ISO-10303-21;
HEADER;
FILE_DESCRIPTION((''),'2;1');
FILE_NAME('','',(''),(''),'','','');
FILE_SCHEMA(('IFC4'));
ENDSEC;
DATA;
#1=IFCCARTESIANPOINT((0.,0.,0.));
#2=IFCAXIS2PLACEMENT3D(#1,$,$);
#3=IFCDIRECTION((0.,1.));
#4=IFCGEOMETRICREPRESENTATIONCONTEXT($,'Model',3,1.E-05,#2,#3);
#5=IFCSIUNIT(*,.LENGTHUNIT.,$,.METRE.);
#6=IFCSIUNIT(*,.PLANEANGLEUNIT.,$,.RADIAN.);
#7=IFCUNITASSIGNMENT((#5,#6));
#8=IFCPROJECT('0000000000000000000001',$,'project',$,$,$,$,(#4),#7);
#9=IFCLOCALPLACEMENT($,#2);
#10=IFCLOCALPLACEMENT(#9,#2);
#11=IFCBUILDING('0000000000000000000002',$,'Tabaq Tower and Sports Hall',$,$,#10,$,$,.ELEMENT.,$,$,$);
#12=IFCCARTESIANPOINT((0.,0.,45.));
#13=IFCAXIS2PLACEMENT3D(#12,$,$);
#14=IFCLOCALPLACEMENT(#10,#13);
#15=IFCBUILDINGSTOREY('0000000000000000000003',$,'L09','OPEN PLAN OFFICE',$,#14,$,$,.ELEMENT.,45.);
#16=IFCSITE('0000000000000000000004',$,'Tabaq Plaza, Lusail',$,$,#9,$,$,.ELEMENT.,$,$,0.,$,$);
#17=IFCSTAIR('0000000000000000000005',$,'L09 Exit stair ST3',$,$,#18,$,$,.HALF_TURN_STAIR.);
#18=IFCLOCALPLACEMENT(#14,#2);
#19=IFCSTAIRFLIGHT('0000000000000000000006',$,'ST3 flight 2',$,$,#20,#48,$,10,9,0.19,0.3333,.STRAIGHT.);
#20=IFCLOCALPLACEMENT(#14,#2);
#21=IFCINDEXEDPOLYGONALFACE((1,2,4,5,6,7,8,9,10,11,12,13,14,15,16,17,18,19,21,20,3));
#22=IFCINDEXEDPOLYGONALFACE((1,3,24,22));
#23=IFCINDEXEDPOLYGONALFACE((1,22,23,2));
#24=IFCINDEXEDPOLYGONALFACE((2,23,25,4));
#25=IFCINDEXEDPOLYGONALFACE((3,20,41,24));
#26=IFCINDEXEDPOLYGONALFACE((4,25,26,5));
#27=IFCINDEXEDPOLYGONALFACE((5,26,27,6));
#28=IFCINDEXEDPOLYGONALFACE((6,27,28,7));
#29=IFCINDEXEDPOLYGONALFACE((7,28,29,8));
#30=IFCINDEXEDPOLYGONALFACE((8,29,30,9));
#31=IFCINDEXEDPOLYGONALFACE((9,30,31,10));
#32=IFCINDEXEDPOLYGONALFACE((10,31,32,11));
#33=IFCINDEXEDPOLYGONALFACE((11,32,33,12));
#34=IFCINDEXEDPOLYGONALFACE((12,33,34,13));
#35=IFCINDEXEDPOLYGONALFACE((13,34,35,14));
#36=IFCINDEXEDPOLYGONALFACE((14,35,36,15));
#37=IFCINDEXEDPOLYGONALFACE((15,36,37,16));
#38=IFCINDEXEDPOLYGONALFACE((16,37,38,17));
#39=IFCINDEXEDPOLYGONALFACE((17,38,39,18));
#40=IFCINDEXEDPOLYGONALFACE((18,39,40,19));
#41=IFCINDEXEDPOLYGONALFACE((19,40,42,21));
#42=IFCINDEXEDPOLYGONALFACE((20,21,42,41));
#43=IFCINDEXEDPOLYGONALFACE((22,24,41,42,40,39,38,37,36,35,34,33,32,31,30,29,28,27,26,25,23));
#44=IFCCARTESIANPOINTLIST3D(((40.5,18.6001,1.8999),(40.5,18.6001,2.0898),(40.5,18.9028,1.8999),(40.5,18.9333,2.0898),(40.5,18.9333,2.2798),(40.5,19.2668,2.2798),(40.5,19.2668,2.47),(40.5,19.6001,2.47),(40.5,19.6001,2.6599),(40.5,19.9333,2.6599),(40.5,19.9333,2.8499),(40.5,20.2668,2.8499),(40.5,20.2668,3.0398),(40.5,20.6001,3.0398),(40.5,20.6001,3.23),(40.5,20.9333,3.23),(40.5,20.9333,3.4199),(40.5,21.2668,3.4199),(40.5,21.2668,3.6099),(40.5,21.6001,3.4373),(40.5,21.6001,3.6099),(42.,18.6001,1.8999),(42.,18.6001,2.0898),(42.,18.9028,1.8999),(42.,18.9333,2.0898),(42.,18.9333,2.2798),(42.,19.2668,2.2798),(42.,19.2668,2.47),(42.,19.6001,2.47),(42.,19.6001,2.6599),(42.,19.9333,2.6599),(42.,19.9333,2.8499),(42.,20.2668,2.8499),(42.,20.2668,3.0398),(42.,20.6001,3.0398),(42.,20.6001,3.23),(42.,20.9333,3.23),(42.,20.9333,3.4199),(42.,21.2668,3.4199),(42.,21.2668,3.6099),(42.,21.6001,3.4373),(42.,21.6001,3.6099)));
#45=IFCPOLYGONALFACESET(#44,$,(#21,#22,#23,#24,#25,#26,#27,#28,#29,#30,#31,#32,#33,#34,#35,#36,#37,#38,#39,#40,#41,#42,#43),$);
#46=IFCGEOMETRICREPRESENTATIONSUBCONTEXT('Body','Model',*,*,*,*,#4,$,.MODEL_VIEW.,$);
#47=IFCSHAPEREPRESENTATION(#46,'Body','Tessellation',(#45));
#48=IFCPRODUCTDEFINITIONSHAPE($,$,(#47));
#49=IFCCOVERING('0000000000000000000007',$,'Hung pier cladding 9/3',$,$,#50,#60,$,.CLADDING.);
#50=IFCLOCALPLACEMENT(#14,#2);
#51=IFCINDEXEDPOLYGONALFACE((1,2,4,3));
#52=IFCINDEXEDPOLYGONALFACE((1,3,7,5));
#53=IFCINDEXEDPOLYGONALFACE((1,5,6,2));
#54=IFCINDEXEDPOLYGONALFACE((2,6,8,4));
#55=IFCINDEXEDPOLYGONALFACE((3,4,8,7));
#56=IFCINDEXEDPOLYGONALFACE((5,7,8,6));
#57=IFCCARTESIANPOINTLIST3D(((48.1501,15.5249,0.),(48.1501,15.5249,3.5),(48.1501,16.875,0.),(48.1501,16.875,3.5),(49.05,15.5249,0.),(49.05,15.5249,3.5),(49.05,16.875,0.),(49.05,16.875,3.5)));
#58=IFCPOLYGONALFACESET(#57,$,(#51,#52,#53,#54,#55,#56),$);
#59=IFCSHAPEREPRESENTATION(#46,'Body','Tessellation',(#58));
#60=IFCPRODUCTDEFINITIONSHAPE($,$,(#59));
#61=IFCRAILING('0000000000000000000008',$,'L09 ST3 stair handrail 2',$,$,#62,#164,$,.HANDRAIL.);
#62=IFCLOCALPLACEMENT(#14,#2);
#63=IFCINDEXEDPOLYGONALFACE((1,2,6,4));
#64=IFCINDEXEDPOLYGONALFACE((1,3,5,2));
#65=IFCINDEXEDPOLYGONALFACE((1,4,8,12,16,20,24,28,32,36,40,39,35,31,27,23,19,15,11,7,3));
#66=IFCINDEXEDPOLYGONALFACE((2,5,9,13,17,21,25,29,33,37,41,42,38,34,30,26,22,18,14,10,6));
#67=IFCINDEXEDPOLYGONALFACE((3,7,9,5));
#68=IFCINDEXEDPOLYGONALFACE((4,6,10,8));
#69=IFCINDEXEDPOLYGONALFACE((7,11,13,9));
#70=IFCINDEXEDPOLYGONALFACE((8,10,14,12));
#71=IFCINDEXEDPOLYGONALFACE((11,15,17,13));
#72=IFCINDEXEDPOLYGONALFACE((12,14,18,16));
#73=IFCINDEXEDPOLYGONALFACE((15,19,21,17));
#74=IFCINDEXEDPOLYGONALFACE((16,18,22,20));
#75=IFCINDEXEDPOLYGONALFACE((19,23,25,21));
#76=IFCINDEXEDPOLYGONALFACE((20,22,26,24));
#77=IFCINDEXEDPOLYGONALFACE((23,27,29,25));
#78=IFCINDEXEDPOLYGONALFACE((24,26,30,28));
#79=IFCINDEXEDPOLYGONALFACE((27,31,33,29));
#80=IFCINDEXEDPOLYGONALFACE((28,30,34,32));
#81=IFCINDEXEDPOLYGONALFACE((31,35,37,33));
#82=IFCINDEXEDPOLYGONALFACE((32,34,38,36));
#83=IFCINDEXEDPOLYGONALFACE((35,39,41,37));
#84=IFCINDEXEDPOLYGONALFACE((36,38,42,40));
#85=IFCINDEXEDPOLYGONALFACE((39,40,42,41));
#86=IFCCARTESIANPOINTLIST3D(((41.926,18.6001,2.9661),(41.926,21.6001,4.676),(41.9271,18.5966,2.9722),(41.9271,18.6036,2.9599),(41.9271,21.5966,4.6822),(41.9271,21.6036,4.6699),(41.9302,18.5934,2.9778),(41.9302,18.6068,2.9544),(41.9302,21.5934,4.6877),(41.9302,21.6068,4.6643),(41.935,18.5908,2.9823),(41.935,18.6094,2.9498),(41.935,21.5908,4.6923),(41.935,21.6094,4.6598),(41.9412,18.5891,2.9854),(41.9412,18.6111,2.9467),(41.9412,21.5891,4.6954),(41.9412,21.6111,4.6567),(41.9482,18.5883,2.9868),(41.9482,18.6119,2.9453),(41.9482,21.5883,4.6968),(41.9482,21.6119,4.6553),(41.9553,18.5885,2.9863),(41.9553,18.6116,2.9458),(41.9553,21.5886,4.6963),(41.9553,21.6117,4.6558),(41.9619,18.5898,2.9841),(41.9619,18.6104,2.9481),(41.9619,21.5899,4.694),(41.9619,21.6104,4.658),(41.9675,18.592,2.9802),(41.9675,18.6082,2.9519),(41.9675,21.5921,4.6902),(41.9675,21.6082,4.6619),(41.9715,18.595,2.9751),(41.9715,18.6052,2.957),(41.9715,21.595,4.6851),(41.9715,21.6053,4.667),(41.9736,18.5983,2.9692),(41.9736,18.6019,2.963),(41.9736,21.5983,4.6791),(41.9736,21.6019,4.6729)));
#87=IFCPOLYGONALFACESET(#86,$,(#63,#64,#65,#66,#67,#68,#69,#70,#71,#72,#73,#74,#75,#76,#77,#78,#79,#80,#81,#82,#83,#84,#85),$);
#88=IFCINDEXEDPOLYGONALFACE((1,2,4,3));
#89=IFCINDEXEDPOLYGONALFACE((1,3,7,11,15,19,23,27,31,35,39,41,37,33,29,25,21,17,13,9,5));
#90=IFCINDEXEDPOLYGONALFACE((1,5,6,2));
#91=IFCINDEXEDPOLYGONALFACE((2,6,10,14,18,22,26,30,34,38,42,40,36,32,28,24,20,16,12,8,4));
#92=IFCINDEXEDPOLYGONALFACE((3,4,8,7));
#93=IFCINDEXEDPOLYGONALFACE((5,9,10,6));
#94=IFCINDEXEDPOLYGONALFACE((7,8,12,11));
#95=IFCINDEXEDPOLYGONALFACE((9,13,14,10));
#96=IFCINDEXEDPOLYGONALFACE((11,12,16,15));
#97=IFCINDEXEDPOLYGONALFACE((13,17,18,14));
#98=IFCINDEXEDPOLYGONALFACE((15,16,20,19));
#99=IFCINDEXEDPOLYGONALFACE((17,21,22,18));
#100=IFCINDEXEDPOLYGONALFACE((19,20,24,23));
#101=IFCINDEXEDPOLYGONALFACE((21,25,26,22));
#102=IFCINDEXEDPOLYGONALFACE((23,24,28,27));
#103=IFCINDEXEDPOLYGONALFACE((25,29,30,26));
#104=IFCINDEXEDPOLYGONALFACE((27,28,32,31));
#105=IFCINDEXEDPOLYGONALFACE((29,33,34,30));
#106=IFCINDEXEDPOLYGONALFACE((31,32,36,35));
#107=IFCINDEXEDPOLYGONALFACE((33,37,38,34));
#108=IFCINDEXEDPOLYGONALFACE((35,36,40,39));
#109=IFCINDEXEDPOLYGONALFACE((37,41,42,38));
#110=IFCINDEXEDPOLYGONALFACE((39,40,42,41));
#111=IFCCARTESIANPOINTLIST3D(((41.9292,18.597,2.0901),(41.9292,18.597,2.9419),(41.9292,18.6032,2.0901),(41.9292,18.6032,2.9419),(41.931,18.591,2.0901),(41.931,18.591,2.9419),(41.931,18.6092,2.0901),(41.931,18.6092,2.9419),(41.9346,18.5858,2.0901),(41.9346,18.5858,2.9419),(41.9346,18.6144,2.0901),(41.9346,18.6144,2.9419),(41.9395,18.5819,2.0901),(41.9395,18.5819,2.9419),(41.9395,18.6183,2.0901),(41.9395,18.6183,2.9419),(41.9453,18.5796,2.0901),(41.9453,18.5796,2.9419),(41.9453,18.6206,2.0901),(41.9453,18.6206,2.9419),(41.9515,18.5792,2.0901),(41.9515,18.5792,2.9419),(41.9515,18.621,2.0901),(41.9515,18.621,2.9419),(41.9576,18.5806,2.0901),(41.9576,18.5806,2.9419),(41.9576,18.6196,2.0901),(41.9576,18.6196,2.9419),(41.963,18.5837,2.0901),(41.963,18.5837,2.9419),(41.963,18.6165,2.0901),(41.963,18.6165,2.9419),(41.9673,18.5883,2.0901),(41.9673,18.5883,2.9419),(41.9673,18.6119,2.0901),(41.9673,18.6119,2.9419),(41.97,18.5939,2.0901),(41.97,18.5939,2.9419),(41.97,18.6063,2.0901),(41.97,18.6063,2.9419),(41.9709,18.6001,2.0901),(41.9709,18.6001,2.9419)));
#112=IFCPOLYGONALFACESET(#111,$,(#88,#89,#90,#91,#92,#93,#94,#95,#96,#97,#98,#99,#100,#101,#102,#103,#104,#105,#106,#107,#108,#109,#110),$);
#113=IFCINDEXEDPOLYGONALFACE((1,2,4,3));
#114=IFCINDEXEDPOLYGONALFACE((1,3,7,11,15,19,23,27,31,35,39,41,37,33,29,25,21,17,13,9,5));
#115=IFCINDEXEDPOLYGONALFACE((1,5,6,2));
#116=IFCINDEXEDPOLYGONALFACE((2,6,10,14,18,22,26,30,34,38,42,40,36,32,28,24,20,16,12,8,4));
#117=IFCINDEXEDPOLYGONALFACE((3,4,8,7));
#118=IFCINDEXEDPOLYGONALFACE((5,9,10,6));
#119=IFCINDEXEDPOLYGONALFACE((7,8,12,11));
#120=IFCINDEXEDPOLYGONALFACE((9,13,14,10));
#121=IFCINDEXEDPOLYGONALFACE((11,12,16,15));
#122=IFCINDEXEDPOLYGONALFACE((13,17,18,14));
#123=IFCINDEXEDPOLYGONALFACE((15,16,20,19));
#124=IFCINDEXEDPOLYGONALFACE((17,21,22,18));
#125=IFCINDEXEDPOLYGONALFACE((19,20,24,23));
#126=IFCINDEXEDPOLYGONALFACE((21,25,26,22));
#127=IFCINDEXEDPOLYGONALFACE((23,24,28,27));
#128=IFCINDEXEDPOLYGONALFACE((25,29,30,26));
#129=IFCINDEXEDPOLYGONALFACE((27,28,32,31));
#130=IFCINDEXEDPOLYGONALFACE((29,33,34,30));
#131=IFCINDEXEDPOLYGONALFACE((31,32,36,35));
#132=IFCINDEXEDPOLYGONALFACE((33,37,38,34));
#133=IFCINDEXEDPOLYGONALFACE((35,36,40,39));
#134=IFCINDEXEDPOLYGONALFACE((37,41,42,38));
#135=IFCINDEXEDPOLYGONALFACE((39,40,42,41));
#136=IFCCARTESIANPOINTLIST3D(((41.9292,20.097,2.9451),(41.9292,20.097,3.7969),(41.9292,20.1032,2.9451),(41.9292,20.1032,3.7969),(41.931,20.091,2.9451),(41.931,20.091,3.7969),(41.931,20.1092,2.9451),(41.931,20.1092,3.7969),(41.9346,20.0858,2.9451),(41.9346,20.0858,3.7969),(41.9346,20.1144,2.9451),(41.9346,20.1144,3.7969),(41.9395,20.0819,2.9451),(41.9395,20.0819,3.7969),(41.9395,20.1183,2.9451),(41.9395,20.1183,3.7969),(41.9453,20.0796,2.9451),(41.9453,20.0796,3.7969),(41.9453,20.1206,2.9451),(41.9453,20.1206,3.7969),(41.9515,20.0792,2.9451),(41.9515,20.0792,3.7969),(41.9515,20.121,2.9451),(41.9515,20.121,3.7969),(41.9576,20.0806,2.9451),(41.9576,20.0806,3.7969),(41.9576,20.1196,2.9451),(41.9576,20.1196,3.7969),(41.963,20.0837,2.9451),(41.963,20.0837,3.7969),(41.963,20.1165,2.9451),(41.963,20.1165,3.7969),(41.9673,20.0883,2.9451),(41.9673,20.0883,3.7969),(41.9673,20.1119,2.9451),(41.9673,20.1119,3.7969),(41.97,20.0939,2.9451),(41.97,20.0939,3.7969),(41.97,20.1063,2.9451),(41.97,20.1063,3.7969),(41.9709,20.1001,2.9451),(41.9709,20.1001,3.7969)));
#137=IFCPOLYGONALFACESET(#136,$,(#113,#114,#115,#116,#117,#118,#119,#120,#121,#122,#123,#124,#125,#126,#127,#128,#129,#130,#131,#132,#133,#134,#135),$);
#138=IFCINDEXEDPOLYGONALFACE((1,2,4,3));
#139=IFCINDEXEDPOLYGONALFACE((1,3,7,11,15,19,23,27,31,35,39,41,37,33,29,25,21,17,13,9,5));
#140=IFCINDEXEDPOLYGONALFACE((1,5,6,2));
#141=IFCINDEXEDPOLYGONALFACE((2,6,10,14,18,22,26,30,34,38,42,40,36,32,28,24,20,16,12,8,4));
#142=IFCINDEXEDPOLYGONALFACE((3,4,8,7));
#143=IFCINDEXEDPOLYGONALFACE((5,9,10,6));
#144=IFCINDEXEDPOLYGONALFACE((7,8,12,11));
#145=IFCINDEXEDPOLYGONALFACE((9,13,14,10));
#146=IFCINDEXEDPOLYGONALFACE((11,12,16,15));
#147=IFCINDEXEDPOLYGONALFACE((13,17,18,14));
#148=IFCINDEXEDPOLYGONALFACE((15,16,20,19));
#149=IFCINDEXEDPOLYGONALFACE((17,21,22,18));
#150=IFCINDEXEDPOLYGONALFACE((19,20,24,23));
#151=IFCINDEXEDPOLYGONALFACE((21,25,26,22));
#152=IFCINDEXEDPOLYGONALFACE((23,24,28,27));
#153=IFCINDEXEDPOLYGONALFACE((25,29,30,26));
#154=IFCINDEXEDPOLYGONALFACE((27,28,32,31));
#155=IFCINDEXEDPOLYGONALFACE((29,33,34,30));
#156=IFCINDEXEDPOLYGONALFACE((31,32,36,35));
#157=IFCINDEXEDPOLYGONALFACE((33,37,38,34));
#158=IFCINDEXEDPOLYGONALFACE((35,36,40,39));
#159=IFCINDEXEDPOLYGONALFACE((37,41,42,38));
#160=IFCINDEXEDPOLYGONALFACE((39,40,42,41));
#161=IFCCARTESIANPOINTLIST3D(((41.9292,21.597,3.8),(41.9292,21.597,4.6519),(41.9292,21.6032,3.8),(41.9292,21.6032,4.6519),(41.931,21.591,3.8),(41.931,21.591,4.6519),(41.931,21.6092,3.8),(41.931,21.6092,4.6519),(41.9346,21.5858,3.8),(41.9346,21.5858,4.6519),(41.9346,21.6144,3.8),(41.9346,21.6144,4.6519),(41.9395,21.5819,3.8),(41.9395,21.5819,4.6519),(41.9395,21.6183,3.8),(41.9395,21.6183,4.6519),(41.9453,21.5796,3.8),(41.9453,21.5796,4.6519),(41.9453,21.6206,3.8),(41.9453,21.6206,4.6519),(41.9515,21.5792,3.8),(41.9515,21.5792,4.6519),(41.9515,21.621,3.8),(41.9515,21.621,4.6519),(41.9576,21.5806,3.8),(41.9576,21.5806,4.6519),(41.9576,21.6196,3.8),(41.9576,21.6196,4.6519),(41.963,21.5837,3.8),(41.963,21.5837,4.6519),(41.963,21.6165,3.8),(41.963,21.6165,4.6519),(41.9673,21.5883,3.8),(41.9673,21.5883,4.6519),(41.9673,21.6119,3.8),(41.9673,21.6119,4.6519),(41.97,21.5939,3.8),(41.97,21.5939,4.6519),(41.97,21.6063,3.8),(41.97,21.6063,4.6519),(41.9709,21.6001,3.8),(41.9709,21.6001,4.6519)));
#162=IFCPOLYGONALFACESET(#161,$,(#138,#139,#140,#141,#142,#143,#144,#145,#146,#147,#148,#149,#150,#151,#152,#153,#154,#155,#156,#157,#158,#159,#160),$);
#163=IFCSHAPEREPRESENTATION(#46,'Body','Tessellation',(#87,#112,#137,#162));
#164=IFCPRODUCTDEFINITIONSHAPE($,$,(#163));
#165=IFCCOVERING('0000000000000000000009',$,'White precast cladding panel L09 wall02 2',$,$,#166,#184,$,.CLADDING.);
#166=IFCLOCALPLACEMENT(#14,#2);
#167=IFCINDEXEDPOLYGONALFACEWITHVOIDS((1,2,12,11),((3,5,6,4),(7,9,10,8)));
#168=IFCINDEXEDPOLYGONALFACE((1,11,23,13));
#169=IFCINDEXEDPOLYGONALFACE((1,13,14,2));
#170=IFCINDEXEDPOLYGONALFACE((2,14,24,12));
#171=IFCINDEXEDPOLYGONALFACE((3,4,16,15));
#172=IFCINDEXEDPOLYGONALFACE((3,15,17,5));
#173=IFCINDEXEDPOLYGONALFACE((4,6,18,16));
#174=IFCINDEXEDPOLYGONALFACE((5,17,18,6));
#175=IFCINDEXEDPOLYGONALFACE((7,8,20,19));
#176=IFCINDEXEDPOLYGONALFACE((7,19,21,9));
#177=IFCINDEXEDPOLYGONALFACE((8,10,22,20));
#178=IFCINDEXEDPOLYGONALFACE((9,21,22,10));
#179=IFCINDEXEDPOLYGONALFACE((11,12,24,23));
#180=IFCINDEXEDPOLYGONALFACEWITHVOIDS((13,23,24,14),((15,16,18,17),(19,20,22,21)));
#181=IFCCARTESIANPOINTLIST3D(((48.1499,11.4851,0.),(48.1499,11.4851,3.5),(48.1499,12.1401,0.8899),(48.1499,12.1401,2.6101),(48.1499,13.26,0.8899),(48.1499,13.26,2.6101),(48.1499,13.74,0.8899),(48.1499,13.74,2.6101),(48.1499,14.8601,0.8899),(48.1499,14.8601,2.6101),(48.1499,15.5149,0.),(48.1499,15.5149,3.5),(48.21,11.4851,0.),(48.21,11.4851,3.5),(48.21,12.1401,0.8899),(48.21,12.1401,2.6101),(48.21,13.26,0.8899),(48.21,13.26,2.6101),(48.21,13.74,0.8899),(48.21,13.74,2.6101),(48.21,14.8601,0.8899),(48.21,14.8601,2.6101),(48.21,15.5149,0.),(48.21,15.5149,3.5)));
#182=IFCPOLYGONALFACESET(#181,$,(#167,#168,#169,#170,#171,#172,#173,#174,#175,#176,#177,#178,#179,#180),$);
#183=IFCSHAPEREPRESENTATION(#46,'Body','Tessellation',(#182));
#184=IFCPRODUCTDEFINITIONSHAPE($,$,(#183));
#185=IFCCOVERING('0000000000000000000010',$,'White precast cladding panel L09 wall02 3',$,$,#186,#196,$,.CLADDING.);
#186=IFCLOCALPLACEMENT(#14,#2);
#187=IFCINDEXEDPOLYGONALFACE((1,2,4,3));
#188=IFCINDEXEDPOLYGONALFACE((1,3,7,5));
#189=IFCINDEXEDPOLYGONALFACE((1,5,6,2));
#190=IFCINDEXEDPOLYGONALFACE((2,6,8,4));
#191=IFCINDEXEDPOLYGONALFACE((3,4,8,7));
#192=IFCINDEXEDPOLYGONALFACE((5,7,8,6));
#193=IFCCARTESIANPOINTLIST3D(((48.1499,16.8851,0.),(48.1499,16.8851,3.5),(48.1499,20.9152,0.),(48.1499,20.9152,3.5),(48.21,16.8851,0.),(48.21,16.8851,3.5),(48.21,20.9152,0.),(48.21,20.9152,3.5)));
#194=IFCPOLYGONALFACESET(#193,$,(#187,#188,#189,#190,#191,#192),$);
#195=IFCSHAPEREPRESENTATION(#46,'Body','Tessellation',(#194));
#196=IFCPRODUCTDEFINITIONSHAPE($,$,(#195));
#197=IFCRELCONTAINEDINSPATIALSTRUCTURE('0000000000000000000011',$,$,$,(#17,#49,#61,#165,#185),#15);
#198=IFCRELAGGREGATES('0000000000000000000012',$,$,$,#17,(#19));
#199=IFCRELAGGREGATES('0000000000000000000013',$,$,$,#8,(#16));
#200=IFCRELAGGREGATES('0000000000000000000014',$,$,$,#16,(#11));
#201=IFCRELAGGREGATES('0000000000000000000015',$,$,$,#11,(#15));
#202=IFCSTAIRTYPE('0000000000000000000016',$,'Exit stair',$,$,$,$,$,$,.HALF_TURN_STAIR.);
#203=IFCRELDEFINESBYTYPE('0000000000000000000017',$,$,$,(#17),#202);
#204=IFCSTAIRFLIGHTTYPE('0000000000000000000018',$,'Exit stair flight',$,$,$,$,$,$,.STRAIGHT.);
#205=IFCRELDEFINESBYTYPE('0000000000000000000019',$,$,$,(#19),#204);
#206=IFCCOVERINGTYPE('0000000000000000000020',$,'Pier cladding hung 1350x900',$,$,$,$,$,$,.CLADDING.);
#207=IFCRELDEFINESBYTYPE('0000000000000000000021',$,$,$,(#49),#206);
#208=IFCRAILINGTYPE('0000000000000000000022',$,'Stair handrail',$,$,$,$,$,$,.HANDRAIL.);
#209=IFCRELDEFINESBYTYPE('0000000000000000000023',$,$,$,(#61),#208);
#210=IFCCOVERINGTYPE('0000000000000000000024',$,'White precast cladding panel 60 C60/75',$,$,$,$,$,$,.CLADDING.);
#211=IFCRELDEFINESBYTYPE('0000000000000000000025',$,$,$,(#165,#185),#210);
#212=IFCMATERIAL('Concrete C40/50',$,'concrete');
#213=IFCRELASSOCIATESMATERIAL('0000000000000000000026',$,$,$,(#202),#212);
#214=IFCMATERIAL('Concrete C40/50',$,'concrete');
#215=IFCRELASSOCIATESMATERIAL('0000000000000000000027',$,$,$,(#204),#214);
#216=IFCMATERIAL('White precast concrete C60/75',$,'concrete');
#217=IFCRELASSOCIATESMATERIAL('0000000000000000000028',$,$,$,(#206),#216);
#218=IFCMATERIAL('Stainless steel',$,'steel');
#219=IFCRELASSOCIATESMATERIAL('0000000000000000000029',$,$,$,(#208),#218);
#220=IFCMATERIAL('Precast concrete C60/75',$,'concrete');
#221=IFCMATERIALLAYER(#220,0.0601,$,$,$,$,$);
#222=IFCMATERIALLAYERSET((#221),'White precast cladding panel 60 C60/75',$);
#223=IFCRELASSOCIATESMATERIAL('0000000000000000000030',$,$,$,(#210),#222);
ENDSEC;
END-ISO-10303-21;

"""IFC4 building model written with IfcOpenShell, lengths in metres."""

from ifc_helpers import new_model, si_unit, direction, frame, frame_2d, origin, origin_2d, place, context, subcontext, project, spatial, polyline, rectangle, circle, outline, extrude, material, layer, layer_set, type_object, element, aggregate, save


model = new_model("IFC4")

# Units and contexts
model_context = context("Model", 3, precision=1e-05, world=origin(), true_north=direction((0.0, 1.0)))
body_context = subcontext(model_context, "Body", "Model", "MODEL_VIEW")
ifc_project = project(units=[si_unit("LENGTHUNIT", "METRE"), si_unit("PLANEANGLEUNIT", "RADIAN")], contexts=[model_context])

# Site, building, storey
site_placement = place(None, origin())
site = spatial("IfcSite", under=ifc_project, at=site_placement, Name="Tabaq Plaza, Lusail", CompositionType="ELEMENT", RefElevation=0.0)
building_placement = place(site_placement, origin())
building = spatial("IfcBuilding", under=site, at=building_placement, Name="Tabaq Tower and Sports Hall", CompositionType="ELEMENT")
storey_placement = place(building_placement, frame((0.0, 0.0, 45.0)))
storey = spatial("IfcBuildingStorey", under=building, at=storey_placement, Name="L09", Description="OPEN PLAN OFFICE", CompositionType="ELEMENT", Elevation=45.0)

# Stair, stair flight
ifc_material_1 = material(Name="Concrete C40/50", Category="concrete")
stair_type = type_object("IfcStairType", Name="Exit stair", PredefinedType="HALF_TURN_STAIR", material=ifc_material_1)
stair_placement = place(storey_placement, origin())
stair = element("IfcStair", 1, at=stair_placement, inside=storey, type_object=stair_type, Name="L09 Exit stair ST3", PredefinedType="HALF_TURN_STAIR")
ifc_material_2 = material(Name="Concrete C40/50", Category="concrete")
stair_flight_type = type_object("IfcStairFlightType", Name="Exit stair flight", PredefinedType="STRAIGHT", material=ifc_material_2)
stair_flight_placement = place(storey_placement, frame((41.25, 18.6001, 1.8999), z_axis=(0.0, 0.0, 1.0), x_axis=(0.0, 1.0, 0.0)))
stair_flight = element("IfcStairFlight", 2, at=stair_flight_placement, type_object=stair_flight_type, Name="ST3 flight 2", NumberOfRisers=10, NumberOfTreads=9, PredefinedType="STRAIGHT", RiserHeight=0.19, TreadLength=0.3333, context=body_context, shape_type="SweptSolid", body=[
    extrude(outline(polyline([(0.0, 0.0), (0.0, 0.1899), (0.3333, 0.1899), (0.3333, 0.3799), (0.6667, 0.3799), (0.6667, 0.5701), (1.0, 0.5701), (1.0, 0.76), (1.3333, 0.76), (1.3333, 0.95), (1.6667, 0.95), (1.6667, 1.1399), (2.0, 1.1399), (2.0, 1.3301), (2.3333, 1.3301), (2.3333, 1.52), (2.6667, 1.52), (2.6667, 1.71), (3.0, 1.71), (3.0, 1.8999), (3.0, 1.5374), (0.3027, 0.0), (0.0, 0.0)])), frame((0.0, 0.75, 0.0), z_axis=(0.0, -1.0, 0.0), x_axis=(1.0, 0.0, 0.0)), (0.0, 0.0, 1.0), 1.5),
])
aggregate(stair, [stair_flight])

# Covering
ifc_material_3 = material(Name="White precast concrete C60/75", Category="concrete")
covering_type_1 = type_object("IfcCoveringType", Name="Pier cladding hung 1350x900", PredefinedType="CLADDING", material=ifc_material_3)
covering_1_placement = place(storey_placement, frame((48.6001, 15.5249, 0.0), z_axis=(0.0, 0.0, 1.0), x_axis=(0.0, 1.0, 0.0)))
element("IfcCovering", 3, at=covering_1_placement, inside=storey, type_object=covering_type_1, Name="Hung pier cladding 9/3", PredefinedType="CLADDING", context=body_context, shape_type="SweptSolid", body=[
    extrude(rectangle(XDim=1.3501, YDim=0.8999, at=frame_2d((0.675, 0.0))), origin(), (0.0, 0.0, 1.0), 3.5),
])

# Railing
ifc_material_4 = material(Name="Stainless steel", Category="steel")
railing_type = type_object("IfcRailingType", Name="Stair handrail", PredefinedType="HANDRAIL", material=ifc_material_4)
railing_placement = place(storey_placement, frame((41.95, 18.6001, 2.0901)))
element("IfcRailing", 4, at=railing_placement, inside=storey, type_object=railing_type, Name="L09 ST3 stair handrail 2", PredefinedType="HANDRAIL", context=body_context, shape_type="SweptSolid", body=[
    extrude(circle(Radius=0.0239, at=origin_2d()), frame((0.0, 0.0, 0.876), z_axis=(0.0, 0.868782, 0.495195), x_axis=(-1.0, 0.0, 0.0)), (0.0, 0.0, 1.0), 3.4531),
    extrude(circle(Radius=0.021, at=origin_2d()), origin(), (0.0, 0.0, 1.0), 0.8518),
    extrude(circle(Radius=0.021, at=origin_2d()), frame((0.0, 1.5, 0.855)), (0.0, 0.0, 1.0), 0.8518),
    extrude(circle(Radius=0.021, at=origin_2d()), frame((0.0, 3.0, 1.71)), (0.0, 0.0, 1.0), 0.8518),
])

# Coverings
ifc_material_5 = material(Name="Precast concrete C60/75", Category="concrete")
ifc_layer_1 = layer(ifc_material_5, 0.0601)
ifc_layer_set_1 = layer_set([ifc_layer_1], Name="White precast cladding panel 60 C60/75")
covering_type_2 = type_object("IfcCoveringType", Name="White precast cladding panel 60 C60/75", PredefinedType="CLADDING", material=ifc_layer_set_1)
covering_2_placement = place(storey_placement, frame((48.1799, 11.4851, 0.0), z_axis=(0.0, 0.0, 1.0), x_axis=(0.0, 1.0, 0.0)))
element("IfcCovering", 5, at=covering_2_placement, inside=storey, type_object=covering_type_2, Name="White precast cladding panel L09 wall02 2", PredefinedType="CLADDING", context=body_context, shape_type="SweptSolid", body=[
    extrude(outline(polyline([(0.0, 0.0), (4.0298, 0.0), (4.0298, 3.5), (0.0, 3.5), (0.0, 0.0)]), holes=[polyline([(0.655, 2.6101), (1.7749, 2.6101), (1.7749, 0.8899), (0.655, 0.8899), (0.655, 2.6101)]), polyline([(2.2549, 2.6101), (3.375, 2.6101), (3.375, 0.8899), (2.2549, 0.8899), (2.2549, 2.6101)])]), frame((0.0, 0.03, 0.0), z_axis=(0.0, -1.0, 0.0), x_axis=(1.0, 0.0, 0.0)), (0.0, 0.0, 1.0), 0.0601),
])
covering_3_placement = place(storey_placement, frame((48.1799, 16.885, 0.0), z_axis=(0.0, 0.0, 1.0), x_axis=(0.0, 1.0, 0.0)))
element("IfcCovering", 6, at=covering_3_placement, inside=storey, type_object=covering_type_2, Name="White precast cladding panel L09 wall02 3", PredefinedType="CLADDING", context=body_context, shape_type="SweptSolid", body=[
    extrude(rectangle(XDim=4.03, YDim=0.0601, at=frame_2d((2.0151, 0.0))), origin(), (0.0, 0.0, 1.0), 3.5),
])

save(model, "model.ifc")
